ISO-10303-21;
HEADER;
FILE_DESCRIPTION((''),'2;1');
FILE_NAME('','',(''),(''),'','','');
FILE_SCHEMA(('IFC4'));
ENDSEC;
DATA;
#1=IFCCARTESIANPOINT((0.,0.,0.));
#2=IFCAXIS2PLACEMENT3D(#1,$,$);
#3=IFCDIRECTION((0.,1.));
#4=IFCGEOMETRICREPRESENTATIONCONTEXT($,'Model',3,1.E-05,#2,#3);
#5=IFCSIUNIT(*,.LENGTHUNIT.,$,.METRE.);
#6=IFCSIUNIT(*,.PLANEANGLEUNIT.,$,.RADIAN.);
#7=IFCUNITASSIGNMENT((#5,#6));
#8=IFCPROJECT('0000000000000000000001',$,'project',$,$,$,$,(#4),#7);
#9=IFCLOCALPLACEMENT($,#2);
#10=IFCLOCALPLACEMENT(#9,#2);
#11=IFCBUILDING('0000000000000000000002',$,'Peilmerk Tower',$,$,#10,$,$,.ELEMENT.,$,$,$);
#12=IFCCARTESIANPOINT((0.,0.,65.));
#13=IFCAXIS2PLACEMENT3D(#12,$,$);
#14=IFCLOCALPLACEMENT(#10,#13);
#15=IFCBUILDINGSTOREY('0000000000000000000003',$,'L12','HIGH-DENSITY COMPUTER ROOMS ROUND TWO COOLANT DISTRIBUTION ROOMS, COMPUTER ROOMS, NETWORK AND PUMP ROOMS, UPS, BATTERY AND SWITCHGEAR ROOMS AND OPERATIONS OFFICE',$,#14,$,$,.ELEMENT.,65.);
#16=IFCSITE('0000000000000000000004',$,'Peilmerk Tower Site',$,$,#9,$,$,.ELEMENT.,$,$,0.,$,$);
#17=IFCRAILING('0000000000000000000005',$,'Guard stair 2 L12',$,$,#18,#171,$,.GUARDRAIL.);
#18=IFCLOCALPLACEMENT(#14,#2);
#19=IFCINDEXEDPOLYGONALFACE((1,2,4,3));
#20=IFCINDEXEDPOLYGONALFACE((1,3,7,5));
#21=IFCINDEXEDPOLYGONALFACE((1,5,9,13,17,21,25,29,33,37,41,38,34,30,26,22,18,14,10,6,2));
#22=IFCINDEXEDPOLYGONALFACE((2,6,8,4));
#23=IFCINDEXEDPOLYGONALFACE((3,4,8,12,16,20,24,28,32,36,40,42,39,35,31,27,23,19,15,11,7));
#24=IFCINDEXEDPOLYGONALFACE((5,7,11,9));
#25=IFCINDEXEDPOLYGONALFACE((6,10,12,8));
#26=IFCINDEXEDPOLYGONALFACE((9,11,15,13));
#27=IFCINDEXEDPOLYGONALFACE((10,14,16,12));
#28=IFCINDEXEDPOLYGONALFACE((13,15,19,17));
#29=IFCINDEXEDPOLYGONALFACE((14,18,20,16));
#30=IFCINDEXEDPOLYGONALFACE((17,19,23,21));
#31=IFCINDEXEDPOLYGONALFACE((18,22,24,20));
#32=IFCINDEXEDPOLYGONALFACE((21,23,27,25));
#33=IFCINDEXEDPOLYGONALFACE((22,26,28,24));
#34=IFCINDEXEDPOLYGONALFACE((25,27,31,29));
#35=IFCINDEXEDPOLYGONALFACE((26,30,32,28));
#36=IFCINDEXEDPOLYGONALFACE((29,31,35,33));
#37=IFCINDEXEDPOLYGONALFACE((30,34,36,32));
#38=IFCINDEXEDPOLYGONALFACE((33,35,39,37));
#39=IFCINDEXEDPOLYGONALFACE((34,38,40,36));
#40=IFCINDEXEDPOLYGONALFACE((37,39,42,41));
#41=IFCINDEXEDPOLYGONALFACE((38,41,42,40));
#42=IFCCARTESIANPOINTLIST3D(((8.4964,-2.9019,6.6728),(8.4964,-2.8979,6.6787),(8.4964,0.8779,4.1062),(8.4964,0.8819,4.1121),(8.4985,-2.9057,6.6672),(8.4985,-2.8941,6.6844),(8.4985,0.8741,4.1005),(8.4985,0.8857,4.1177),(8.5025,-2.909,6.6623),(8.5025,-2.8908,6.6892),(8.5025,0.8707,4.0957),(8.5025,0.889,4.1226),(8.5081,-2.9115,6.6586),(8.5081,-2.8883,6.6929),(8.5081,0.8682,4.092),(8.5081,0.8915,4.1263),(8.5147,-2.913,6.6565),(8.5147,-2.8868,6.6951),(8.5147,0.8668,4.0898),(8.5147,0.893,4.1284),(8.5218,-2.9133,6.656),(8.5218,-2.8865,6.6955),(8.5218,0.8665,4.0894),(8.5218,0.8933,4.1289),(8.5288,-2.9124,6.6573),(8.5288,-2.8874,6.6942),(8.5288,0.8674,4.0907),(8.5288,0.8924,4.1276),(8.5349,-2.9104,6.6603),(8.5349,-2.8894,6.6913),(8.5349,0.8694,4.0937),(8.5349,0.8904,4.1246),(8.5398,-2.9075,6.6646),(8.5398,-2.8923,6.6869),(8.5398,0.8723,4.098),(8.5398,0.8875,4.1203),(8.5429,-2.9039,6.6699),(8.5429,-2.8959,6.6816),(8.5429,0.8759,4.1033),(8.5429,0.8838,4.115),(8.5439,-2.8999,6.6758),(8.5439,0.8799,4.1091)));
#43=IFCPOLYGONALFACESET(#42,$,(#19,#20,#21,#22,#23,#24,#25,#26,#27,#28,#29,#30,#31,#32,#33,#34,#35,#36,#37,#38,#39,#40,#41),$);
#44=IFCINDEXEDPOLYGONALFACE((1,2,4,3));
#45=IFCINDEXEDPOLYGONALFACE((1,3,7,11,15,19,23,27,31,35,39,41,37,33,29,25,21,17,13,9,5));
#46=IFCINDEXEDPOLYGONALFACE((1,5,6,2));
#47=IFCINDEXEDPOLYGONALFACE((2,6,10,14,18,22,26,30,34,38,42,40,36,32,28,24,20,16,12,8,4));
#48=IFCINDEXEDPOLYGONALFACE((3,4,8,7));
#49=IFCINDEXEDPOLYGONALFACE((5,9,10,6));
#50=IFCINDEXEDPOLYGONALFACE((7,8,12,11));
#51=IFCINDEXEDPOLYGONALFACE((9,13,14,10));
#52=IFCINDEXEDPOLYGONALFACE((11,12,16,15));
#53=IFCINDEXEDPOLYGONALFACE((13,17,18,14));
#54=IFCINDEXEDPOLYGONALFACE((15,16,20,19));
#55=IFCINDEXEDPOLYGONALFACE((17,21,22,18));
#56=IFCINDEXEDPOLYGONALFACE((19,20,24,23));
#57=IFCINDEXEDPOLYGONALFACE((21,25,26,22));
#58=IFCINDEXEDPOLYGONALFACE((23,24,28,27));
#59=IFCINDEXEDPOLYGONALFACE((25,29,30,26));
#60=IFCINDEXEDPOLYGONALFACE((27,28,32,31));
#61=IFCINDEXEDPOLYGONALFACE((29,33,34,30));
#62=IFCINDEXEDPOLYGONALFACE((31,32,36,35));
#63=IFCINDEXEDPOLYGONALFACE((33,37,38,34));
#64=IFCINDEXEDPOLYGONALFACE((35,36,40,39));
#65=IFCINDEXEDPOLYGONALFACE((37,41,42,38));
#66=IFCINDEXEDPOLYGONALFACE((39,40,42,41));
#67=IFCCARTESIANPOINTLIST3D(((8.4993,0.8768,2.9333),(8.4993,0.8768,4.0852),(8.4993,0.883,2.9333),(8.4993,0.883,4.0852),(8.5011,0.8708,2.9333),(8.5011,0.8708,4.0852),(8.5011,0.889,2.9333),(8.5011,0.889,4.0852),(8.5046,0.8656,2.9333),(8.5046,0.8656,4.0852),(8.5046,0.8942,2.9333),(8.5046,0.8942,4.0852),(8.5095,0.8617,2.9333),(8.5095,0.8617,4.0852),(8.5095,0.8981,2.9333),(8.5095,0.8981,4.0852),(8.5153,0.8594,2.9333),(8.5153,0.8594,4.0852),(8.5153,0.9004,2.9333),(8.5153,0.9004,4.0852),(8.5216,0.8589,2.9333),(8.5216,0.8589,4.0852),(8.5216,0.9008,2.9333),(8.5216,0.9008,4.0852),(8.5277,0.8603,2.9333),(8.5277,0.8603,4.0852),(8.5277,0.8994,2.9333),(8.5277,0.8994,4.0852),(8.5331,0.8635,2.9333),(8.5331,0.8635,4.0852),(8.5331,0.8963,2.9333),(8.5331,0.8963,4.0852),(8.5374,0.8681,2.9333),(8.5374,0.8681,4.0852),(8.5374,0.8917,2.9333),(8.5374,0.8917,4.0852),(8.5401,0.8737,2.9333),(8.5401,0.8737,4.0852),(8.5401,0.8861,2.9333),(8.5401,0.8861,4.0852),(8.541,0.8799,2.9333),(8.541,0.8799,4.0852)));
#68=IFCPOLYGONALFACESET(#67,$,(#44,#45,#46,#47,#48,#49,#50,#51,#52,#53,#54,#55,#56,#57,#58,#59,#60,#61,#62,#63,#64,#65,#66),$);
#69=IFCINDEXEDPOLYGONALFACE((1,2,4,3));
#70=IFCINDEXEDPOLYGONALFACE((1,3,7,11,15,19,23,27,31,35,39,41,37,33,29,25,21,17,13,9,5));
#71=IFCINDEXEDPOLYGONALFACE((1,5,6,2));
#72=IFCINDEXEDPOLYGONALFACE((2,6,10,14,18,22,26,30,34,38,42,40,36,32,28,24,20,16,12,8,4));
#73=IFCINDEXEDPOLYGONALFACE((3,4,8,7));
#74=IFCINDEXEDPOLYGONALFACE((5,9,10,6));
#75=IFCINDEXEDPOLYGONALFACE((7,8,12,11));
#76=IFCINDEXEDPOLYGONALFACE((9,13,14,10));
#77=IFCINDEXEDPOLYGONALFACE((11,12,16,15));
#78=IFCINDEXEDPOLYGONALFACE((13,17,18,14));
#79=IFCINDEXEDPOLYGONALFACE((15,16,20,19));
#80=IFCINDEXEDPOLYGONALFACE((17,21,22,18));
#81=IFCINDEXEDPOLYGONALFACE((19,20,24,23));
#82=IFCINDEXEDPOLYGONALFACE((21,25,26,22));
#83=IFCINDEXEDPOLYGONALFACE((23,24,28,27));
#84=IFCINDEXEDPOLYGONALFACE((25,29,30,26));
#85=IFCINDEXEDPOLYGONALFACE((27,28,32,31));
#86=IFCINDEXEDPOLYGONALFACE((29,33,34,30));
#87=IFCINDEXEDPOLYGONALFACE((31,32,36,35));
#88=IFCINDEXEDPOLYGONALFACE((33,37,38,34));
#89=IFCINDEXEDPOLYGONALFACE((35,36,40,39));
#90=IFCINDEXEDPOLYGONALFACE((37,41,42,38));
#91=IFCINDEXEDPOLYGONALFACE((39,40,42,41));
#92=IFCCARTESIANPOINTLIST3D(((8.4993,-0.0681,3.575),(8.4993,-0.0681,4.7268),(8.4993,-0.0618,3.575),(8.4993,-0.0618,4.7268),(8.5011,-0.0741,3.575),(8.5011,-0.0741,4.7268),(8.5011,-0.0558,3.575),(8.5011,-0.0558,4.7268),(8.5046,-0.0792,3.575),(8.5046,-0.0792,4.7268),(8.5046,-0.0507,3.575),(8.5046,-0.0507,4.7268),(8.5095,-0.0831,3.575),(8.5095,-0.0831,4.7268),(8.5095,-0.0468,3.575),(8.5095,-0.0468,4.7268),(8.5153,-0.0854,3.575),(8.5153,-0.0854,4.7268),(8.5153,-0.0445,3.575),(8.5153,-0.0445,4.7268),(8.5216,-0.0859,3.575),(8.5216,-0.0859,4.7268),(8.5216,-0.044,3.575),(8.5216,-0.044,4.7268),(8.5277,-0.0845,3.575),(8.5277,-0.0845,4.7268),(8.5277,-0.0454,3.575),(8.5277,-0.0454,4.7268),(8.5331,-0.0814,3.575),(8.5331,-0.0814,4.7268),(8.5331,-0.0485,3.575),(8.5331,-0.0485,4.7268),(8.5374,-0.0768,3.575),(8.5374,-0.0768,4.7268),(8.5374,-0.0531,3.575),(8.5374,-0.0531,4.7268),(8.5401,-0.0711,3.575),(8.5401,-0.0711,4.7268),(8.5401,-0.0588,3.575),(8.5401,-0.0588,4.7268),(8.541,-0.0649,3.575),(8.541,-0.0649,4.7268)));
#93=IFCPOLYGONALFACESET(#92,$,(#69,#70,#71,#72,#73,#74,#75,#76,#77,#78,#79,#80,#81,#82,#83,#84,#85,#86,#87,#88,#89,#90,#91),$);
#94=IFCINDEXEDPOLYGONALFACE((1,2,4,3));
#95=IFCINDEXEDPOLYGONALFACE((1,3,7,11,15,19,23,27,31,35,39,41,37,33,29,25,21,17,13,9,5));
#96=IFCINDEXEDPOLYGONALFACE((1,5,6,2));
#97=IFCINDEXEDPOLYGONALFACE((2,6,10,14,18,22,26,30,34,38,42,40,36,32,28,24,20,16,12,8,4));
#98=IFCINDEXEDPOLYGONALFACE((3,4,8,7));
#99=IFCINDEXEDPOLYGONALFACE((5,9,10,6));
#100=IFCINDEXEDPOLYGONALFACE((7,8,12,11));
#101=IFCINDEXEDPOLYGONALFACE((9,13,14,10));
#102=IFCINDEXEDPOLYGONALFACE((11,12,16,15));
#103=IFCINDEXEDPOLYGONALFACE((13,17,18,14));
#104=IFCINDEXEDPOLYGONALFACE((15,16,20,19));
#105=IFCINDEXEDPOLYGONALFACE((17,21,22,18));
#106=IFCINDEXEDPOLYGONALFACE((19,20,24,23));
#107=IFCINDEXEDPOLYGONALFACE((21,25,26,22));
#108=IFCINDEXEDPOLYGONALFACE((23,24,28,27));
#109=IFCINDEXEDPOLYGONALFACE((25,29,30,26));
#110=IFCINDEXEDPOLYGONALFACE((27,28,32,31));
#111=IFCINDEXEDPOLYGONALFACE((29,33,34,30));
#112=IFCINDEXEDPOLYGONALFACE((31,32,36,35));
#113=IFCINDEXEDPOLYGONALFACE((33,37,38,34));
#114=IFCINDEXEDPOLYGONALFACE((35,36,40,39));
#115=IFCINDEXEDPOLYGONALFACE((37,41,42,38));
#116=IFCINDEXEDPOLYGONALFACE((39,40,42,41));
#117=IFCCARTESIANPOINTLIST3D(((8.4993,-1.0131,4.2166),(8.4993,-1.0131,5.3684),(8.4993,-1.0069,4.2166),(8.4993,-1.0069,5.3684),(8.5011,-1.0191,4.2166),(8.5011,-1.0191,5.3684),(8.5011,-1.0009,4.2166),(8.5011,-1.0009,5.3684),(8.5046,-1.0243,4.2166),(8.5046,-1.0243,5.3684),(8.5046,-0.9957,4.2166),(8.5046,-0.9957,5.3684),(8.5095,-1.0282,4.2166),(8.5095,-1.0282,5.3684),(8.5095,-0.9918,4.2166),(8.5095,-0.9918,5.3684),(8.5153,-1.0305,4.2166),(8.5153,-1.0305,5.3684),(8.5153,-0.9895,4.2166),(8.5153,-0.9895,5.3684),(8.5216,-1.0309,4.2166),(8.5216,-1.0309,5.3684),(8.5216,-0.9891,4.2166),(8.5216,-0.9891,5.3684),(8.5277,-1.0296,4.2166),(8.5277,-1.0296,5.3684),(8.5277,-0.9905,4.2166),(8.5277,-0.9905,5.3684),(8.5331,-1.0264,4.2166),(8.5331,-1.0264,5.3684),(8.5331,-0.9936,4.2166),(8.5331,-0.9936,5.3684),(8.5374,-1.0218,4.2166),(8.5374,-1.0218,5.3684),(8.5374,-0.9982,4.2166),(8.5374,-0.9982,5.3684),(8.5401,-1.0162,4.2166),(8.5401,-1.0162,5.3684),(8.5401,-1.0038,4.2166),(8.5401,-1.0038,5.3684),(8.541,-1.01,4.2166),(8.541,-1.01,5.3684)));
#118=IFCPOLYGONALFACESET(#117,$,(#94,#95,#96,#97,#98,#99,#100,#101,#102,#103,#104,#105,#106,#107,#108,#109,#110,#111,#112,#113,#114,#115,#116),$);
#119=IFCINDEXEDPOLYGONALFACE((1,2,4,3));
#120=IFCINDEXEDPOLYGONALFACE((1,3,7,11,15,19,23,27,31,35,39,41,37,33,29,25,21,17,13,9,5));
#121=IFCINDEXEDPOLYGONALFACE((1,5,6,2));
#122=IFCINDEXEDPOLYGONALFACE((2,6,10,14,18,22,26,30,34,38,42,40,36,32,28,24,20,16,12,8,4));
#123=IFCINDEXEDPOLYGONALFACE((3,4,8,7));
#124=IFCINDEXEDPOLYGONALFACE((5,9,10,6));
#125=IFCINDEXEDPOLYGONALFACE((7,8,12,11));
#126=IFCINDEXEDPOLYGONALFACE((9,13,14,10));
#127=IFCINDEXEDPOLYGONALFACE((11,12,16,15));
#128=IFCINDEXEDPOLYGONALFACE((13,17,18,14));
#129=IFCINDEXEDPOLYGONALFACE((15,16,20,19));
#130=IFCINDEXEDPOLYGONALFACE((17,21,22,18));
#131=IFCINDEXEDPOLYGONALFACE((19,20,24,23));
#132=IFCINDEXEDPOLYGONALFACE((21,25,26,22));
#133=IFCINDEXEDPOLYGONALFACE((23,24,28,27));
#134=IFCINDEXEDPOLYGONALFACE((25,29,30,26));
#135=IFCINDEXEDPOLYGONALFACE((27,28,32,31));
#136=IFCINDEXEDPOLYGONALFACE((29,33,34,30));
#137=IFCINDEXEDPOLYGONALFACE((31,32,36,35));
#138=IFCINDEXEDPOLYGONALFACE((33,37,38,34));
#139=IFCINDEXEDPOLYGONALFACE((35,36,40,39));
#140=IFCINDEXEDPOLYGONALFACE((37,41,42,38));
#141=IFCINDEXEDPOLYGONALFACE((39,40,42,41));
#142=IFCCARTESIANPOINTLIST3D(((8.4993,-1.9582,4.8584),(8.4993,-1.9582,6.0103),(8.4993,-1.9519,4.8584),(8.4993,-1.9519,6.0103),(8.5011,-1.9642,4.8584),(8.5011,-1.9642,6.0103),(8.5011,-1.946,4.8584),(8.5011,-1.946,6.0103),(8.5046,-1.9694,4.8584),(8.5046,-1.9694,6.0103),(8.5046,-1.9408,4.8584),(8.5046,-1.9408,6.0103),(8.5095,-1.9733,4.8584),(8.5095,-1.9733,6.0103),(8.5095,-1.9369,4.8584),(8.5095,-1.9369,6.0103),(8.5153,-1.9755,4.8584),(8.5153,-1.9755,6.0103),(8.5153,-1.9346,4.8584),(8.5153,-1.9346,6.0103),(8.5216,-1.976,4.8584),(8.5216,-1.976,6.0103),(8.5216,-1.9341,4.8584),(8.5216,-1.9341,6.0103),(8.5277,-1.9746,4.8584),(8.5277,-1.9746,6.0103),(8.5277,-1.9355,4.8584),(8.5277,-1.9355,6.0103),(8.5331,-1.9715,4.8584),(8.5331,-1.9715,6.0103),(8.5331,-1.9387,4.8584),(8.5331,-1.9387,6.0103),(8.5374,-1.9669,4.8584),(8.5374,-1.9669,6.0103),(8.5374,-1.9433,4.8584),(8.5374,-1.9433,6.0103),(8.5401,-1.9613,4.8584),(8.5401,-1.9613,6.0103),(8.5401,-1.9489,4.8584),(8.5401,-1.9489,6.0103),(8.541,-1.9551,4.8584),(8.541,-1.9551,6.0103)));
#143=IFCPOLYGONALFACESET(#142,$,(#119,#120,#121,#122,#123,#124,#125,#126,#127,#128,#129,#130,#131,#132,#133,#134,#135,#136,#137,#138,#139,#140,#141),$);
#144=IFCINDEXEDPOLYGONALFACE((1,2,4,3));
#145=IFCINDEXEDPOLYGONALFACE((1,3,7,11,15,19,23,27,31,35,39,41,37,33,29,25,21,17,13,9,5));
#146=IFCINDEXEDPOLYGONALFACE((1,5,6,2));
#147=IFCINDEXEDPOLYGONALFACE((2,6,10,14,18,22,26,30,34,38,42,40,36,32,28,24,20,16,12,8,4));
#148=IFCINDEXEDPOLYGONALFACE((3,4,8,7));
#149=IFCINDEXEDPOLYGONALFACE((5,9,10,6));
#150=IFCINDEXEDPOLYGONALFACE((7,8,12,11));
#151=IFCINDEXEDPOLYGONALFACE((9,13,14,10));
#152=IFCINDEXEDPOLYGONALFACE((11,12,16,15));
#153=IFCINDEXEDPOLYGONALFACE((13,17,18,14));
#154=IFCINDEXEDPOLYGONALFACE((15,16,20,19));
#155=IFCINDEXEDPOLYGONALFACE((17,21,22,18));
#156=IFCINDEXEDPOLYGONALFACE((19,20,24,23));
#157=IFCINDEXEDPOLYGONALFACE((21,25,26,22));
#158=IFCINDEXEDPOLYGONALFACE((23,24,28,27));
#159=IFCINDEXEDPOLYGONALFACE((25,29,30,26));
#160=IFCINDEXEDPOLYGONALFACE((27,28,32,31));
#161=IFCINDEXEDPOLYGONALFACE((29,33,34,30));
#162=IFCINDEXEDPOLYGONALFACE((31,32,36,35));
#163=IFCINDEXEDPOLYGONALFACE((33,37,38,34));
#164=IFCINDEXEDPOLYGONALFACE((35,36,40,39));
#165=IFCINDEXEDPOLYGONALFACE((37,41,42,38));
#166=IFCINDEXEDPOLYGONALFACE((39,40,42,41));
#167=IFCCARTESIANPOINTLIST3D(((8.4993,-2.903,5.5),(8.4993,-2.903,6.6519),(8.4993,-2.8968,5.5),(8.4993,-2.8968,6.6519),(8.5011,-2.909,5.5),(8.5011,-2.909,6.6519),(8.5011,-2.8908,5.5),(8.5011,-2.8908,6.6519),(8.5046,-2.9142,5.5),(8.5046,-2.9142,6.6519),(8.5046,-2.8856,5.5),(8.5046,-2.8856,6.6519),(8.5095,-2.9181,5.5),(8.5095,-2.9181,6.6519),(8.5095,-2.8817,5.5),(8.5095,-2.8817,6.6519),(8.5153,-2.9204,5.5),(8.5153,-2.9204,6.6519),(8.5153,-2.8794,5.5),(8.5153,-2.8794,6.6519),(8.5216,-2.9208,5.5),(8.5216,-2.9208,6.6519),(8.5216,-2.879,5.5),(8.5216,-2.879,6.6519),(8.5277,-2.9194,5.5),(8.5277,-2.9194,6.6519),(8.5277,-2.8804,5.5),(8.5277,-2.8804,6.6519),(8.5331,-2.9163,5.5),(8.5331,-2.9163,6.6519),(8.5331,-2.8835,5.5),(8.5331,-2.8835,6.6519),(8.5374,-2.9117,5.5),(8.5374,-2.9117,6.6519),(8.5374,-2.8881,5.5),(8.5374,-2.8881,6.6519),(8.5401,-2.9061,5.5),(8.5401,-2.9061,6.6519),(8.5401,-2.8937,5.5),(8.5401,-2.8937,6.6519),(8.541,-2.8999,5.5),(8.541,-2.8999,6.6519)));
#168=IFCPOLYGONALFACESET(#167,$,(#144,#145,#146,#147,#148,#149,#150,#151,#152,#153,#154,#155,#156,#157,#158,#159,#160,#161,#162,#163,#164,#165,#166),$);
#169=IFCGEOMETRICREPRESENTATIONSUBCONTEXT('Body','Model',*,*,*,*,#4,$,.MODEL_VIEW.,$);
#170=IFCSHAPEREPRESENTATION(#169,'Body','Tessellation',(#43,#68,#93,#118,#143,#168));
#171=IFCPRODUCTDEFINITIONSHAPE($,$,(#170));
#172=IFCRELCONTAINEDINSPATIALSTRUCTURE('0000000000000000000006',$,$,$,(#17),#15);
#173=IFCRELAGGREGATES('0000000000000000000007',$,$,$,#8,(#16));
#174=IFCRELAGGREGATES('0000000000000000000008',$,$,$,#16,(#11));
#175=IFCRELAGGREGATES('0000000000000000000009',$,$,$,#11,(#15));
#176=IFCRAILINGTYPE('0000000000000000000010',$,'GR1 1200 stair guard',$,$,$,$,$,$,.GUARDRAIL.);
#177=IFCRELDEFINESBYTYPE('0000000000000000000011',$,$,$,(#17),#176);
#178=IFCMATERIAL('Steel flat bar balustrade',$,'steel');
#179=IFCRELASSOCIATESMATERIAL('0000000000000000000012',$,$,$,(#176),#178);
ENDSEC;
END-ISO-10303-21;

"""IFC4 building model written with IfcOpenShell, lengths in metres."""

from ifc_helpers import new_model, si_unit, direction, frame, origin, origin_2d, place, context, subcontext, project, spatial, circle, extrude, material, type_object, element, save


model = new_model("IFC4")

# Units and contexts
model_context = context("Model", 3, precision=1e-05, world=origin(), true_north=direction((0.0, 1.0)))
body_context = subcontext(model_context, "Body", "Model", "MODEL_VIEW")
ifc_project = project(units=[si_unit("LENGTHUNIT", "METRE"), si_unit("PLANEANGLEUNIT", "RADIAN")], contexts=[model_context])

# Site, building, storey
site_placement = place(None, origin())
site = spatial("IfcSite", under=ifc_project, at=site_placement, Name="Peilmerk Tower Site", CompositionType="ELEMENT", RefElevation=0.0)
building_placement = place(site_placement, origin())
building = spatial("IfcBuilding", under=site, at=building_placement, Name="Peilmerk Tower", CompositionType="ELEMENT")
storey_placement = place(building_placement, frame((0.0, 0.0, 65.0)))
storey = spatial("IfcBuildingStorey", under=building, at=storey_placement, Name="L12", Description="HIGH-DENSITY COMPUTER ROOMS ROUND TWO COOLANT DISTRIBUTION ROOMS, COMPUTER ROOMS, NETWORK AND PUMP ROOMS, UPS, BATTERY AND SWITCHGEAR ROOMS AND OPERATIONS OFFICE", CompositionType="ELEMENT", Elevation=65.0)

# Railing
ifc_material_1 = material(Name="Steel flat bar balustrade", Category="steel")
railing_type_1 = type_object("IfcRailingType", Name="GR1 1200 stair guard", PredefinedType="GUARDRAIL", material=ifc_material_1)
railing_1_placement = place(storey_placement, frame((8.52, 0.8799, 2.9333)))
element("IfcRailing", 1, at=railing_1_placement, inside=storey, type_object=railing_type_1, Name="Guard stair 2 L12", PredefinedType="GUARDRAIL", context=body_context, shape_type="SweptSolid", body=[
    extrude(circle(Radius=0.0239, at=origin_2d()), frame((0.0, 0.0, 1.1758), z_axis=(0.0, -0.827293, 0.561771), x_axis=(1.0, 0.0, 0.0)), (0.0, 0.0, 1.0), 4.5688),
    extrude(circle(Radius=0.021, at=origin_2d()), origin(), (0.0, 0.0, 1.0), 1.1519),
    extrude(circle(Radius=0.021, at=origin_2d()), frame((0.0, -0.9448, 0.6416)), (0.0, 0.0, 1.0), 1.1519),
    extrude(circle(Radius=0.021, at=origin_2d()), frame((0.0, -1.8899, 1.2832)), (0.0, 0.0, 1.0), 1.1519),
    extrude(circle(Radius=0.021, at=origin_2d()), frame((0.0, -2.835, 1.925)), (0.0, 0.0, 1.0), 1.1519),
    extrude(circle(Radius=0.021, at=origin_2d()), frame((0.0, -3.7798, 2.5667)), (0.0, 0.0, 1.0), 1.1519),
])

save(model, "model.ifc")
